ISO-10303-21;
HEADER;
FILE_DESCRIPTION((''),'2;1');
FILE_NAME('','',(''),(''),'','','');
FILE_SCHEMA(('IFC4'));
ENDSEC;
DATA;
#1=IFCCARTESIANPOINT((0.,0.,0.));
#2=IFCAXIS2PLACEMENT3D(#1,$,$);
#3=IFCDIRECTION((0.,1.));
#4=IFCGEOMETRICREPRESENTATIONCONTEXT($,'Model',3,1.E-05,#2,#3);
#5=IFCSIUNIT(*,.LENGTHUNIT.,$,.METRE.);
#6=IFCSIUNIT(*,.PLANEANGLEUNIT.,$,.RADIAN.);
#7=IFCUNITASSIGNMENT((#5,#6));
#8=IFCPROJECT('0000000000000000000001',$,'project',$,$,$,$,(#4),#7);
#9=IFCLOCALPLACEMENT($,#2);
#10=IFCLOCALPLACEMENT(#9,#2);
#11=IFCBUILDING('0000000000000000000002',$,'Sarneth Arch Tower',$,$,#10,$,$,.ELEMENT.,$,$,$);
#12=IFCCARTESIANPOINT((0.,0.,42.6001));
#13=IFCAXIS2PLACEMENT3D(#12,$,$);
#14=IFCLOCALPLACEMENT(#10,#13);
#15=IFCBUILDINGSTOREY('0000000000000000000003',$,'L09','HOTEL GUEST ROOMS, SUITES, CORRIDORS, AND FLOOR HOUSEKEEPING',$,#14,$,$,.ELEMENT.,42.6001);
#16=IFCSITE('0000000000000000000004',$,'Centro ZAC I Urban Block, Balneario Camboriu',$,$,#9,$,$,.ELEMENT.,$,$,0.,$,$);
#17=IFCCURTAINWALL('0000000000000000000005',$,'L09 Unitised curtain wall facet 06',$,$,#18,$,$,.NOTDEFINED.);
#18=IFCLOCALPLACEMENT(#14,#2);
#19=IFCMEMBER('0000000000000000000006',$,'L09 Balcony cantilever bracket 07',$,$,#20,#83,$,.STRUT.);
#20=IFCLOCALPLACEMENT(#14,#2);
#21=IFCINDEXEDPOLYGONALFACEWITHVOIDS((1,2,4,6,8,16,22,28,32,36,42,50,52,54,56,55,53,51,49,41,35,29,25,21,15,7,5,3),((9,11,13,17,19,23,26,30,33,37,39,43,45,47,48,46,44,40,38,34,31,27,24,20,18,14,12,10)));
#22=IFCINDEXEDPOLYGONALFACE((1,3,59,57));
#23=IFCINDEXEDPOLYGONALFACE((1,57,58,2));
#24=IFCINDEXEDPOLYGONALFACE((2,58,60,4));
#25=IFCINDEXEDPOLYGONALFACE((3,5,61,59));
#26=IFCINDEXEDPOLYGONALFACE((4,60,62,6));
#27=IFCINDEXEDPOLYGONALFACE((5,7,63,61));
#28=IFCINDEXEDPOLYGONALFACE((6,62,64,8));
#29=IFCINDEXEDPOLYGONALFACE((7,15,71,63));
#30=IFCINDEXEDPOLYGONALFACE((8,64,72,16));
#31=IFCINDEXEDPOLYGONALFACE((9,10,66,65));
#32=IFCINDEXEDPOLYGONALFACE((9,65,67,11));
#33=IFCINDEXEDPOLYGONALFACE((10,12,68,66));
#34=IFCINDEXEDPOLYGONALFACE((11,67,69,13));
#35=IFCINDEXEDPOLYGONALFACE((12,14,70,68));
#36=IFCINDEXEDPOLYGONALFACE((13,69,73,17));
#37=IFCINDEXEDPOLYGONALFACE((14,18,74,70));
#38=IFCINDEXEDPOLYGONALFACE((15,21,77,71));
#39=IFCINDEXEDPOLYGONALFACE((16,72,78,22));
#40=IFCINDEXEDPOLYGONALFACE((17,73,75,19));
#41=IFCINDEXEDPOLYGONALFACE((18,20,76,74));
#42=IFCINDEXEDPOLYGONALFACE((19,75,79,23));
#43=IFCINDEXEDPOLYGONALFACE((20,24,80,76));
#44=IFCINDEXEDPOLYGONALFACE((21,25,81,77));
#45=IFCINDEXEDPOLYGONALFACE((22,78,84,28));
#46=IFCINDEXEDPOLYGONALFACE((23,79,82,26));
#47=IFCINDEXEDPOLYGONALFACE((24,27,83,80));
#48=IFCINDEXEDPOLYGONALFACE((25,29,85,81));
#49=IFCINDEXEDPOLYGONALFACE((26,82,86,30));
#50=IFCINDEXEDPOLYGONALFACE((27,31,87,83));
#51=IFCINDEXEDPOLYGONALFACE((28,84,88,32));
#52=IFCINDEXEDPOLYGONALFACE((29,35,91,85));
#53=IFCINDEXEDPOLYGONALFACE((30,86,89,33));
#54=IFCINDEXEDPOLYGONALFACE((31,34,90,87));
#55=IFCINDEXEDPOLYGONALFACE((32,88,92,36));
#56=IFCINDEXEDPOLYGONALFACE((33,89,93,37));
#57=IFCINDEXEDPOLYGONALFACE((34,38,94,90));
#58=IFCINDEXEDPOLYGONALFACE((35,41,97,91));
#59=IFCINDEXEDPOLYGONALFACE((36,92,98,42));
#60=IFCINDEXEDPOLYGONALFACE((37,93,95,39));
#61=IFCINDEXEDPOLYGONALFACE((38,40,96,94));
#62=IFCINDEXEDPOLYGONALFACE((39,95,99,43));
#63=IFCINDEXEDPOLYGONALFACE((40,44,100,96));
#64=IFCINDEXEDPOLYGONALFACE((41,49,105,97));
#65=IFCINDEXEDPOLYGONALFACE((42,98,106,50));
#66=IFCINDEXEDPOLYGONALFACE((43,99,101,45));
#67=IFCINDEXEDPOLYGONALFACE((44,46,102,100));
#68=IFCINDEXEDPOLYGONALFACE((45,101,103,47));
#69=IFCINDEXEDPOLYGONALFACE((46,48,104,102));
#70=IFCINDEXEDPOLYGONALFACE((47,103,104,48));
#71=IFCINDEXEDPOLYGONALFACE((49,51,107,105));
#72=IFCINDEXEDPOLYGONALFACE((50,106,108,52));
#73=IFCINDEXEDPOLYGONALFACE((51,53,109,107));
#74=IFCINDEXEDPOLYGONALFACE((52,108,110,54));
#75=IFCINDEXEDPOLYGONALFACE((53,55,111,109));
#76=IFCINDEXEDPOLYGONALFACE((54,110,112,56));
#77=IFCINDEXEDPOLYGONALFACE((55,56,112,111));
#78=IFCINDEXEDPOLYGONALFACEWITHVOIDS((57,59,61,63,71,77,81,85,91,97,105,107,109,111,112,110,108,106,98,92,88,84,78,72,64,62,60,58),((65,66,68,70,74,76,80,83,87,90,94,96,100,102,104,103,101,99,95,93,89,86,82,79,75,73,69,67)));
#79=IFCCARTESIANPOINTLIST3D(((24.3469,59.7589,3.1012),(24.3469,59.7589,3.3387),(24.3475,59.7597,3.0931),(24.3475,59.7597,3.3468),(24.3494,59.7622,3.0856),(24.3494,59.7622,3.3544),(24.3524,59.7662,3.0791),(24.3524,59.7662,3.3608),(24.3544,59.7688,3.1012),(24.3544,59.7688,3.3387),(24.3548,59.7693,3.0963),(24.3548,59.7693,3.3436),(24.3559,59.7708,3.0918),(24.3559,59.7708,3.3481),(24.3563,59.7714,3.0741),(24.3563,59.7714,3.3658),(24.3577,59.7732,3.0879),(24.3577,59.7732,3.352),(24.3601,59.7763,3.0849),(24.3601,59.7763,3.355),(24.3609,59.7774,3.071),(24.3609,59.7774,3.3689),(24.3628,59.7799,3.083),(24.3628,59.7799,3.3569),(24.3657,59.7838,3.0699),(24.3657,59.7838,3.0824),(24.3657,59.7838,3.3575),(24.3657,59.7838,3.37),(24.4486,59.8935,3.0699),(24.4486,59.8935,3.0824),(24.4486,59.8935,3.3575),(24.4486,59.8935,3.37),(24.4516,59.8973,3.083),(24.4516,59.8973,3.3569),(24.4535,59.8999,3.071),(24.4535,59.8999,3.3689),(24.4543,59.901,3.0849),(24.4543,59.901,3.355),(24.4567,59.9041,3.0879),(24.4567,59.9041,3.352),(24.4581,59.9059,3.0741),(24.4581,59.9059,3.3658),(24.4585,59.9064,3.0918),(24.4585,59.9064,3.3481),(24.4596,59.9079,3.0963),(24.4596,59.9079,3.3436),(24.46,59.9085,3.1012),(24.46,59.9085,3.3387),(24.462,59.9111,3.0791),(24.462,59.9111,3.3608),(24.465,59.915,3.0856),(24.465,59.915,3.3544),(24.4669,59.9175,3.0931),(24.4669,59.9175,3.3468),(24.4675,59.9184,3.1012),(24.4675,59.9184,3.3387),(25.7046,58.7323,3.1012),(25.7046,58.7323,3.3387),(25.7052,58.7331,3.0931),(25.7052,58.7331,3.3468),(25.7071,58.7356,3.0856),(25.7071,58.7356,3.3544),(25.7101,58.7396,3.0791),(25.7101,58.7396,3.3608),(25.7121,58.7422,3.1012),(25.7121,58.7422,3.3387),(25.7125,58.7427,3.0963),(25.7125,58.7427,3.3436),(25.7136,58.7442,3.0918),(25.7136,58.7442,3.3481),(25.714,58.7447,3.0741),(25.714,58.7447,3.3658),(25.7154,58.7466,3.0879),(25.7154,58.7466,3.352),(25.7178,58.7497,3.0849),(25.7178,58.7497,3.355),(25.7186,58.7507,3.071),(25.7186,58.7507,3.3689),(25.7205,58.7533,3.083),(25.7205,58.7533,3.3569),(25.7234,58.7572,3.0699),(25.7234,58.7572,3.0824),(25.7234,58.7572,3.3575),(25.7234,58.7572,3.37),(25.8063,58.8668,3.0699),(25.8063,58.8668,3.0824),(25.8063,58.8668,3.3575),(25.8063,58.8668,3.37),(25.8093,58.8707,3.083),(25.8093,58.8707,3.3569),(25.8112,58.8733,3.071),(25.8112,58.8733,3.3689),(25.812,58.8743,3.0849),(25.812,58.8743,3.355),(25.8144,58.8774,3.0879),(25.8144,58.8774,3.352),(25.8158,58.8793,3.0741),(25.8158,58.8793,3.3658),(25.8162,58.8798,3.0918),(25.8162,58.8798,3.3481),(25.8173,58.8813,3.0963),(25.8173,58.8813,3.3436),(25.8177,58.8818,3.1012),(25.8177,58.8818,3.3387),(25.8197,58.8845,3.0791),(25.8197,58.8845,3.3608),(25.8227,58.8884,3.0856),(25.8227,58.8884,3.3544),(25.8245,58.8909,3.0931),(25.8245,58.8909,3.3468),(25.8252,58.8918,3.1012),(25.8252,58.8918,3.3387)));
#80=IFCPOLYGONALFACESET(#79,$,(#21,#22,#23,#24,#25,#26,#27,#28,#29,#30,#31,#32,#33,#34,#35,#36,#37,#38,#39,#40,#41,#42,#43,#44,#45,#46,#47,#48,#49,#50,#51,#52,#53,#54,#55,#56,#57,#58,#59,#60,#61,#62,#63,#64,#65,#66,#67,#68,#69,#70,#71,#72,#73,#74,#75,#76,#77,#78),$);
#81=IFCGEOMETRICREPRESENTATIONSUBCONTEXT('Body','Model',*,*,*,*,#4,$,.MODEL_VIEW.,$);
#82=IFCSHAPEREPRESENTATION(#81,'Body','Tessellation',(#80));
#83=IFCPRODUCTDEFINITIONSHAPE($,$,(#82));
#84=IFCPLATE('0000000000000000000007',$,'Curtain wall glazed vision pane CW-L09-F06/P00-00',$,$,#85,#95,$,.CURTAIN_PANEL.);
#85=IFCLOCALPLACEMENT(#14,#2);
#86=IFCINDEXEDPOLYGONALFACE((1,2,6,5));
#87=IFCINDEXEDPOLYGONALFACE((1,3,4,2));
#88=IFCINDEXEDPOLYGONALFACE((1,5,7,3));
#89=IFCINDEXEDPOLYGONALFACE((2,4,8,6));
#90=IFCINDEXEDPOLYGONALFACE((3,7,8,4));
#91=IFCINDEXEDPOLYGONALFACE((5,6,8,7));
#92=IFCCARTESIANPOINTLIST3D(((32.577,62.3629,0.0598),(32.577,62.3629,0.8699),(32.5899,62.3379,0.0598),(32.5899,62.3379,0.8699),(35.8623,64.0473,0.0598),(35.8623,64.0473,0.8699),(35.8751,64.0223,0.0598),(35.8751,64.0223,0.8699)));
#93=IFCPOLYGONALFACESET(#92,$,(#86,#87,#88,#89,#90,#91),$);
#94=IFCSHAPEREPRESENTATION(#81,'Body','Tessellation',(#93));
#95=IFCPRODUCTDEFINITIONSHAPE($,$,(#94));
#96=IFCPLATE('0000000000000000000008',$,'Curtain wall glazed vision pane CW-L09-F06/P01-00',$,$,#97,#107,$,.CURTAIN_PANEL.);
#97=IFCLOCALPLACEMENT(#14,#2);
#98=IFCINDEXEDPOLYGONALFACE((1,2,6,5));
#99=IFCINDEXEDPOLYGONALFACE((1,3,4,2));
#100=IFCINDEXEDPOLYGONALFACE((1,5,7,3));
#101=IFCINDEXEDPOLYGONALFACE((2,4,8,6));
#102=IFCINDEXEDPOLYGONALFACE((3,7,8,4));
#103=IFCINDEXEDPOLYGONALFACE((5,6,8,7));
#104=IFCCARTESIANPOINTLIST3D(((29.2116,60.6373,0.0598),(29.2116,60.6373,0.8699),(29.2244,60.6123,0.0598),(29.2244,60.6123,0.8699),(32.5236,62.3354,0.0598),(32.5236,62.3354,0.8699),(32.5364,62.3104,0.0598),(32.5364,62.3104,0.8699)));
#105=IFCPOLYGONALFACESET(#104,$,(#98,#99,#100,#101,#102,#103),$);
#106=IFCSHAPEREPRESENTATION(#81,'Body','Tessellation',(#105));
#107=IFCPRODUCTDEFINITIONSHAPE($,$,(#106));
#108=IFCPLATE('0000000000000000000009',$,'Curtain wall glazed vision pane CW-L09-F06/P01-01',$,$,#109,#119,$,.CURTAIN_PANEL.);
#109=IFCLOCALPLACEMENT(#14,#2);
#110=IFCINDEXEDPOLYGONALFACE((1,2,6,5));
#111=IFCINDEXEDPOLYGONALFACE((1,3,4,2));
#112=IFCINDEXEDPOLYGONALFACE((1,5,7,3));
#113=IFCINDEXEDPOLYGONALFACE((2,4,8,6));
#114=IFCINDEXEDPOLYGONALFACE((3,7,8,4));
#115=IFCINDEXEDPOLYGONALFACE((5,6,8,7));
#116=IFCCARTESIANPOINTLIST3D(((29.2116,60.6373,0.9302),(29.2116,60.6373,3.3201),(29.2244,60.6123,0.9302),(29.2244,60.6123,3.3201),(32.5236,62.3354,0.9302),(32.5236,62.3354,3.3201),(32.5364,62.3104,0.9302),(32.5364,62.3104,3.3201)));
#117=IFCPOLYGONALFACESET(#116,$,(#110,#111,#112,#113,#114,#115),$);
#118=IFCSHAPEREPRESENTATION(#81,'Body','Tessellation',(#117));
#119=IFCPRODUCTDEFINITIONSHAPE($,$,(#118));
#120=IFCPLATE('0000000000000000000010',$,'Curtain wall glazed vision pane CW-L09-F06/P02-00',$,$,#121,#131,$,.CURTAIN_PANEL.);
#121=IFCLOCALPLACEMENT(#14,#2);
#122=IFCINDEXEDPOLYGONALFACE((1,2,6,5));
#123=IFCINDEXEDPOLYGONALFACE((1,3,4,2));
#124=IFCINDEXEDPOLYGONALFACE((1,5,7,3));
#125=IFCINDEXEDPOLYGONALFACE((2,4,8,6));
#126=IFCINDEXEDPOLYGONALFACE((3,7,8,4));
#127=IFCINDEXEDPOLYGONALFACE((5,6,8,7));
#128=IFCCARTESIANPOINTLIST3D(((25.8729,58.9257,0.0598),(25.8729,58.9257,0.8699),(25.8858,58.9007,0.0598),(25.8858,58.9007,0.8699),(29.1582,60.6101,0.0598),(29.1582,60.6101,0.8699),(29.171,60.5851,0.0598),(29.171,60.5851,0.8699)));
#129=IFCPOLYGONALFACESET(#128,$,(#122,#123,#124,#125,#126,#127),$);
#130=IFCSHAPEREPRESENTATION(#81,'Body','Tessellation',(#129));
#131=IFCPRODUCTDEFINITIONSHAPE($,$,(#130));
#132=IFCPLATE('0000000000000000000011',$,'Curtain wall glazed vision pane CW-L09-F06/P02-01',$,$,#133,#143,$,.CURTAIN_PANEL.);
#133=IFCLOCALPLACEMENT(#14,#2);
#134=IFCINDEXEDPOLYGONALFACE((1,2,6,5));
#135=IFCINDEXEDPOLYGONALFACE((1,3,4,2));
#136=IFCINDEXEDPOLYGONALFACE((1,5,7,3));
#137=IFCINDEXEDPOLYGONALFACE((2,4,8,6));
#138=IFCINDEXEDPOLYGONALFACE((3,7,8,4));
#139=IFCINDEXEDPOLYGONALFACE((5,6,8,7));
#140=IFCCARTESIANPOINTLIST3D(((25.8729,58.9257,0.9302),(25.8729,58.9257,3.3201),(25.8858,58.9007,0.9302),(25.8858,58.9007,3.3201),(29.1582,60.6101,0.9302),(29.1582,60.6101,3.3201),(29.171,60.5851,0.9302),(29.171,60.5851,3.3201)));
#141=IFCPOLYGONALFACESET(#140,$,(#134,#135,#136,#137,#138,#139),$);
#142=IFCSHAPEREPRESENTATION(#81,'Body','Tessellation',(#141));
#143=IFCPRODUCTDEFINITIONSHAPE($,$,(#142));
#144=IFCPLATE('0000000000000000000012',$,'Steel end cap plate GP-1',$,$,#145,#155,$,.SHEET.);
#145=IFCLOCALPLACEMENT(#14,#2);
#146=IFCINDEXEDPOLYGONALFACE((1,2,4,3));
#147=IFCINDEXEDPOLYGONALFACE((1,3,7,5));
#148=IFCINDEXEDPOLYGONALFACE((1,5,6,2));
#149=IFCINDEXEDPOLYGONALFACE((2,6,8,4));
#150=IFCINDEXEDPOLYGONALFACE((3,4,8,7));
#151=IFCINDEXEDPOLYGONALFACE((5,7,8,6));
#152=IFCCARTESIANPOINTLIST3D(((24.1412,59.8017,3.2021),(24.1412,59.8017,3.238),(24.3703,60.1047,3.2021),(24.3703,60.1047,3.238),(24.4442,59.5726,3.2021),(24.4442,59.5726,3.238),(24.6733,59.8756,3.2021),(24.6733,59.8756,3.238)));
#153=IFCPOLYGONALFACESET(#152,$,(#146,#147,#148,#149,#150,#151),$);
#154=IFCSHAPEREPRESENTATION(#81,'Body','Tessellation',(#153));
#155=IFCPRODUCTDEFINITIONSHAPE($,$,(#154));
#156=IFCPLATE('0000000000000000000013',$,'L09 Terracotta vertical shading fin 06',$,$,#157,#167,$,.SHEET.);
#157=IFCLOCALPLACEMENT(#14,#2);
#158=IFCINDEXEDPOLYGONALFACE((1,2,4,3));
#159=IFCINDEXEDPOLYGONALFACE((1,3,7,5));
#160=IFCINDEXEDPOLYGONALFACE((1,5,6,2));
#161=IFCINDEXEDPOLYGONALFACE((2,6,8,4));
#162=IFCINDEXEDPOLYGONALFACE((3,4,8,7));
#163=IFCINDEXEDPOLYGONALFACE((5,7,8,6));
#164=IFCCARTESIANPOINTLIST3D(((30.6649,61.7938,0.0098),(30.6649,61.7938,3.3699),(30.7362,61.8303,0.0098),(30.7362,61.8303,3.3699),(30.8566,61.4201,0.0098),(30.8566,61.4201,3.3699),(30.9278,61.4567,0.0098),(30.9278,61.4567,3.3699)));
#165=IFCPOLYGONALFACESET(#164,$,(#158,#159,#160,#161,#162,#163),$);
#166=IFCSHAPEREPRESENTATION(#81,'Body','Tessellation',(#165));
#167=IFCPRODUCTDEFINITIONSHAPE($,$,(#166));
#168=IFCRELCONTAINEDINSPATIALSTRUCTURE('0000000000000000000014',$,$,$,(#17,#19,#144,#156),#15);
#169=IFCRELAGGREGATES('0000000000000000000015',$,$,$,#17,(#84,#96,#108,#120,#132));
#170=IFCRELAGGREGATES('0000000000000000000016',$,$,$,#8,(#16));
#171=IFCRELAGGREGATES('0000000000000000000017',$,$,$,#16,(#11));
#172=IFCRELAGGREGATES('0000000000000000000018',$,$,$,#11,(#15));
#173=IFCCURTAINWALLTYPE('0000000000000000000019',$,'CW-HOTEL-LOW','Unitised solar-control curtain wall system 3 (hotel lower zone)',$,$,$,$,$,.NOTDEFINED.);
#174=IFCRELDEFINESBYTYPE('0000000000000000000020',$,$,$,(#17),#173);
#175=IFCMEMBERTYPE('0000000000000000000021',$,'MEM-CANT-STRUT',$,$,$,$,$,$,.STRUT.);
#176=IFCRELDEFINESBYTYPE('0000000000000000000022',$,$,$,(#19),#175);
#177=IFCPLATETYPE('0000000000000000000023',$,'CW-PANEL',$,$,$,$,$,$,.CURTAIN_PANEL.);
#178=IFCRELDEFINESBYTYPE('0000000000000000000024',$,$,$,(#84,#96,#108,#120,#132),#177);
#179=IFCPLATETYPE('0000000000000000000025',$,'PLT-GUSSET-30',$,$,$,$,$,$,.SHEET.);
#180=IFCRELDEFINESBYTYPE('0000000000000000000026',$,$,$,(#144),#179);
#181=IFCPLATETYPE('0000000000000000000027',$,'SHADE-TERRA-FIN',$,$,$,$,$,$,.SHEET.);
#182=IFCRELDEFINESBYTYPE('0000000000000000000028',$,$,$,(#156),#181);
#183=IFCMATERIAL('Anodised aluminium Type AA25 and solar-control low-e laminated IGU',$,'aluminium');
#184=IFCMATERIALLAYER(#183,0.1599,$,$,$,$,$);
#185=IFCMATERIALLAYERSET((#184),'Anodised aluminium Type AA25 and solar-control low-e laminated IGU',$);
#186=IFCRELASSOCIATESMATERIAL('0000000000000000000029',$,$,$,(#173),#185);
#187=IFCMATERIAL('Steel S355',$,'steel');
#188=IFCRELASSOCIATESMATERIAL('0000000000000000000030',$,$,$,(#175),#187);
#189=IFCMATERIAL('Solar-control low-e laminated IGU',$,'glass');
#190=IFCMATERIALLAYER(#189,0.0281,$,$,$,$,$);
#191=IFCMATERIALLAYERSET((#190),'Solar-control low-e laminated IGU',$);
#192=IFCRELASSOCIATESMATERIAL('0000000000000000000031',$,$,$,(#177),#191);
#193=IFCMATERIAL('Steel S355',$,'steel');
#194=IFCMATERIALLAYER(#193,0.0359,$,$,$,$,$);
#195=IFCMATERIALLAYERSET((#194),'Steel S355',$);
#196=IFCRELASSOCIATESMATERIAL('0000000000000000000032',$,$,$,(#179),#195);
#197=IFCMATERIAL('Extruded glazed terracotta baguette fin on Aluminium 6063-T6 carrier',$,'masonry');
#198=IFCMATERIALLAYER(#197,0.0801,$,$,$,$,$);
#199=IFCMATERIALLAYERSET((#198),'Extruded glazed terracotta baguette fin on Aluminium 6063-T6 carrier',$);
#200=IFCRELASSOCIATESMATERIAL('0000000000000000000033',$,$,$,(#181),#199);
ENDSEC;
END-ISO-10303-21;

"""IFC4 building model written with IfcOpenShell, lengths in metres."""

from ifc_helpers import new_model, si_unit, direction, frame, origin, origin_2d, place, context, subcontext, project, spatial, rectangle, hollow_rectangle, extrude, material, layer, layer_set, material_profile, profile_set, type_object, element, aggregate, save


model = new_model("IFC4")

# Units and contexts
model_context = context("Model", 3, precision=1e-05, world=origin(), true_north=direction((0.0, 1.0)))
body_context = subcontext(model_context, "Body", "Model", "MODEL_VIEW")
ifc_project = project(units=[si_unit("LENGTHUNIT", "METRE"), si_unit("PLANEANGLEUNIT", "RADIAN")], contexts=[model_context])

# Site, building, storey
site_placement = place(None, origin())
site = spatial("IfcSite", under=ifc_project, at=site_placement, Name="Centro ZAC I Urban Block, Balneario Camboriu", CompositionType="ELEMENT", RefElevation=0.0)
building_placement = place(site_placement, origin())
building = spatial("IfcBuilding", under=site, at=building_placement, Name="Sarneth Arch Tower", CompositionType="ELEMENT")
storey_placement = place(building_placement, frame((0.0, 0.0, 42.6001)))
storey = spatial("IfcBuildingStorey", under=building, at=storey_placement, Name="L09", Description="HOTEL GUEST ROOMS, SUITES, CORRIDORS, AND FLOOR HOUSEKEEPING", CompositionType="ELEMENT", Elevation=42.6001)

# Curtain wall
ifc_material_1 = material(Name="Anodised aluminium Type AA25 and solar-control low-e laminated IGU", Category="aluminium")
ifc_layer_1 = layer(ifc_material_1, 0.1599)
ifc_layer_set_1 = layer_set([ifc_layer_1], Name="Anodised aluminium Type AA25 and solar-control low-e laminated IGU")
curtain_wall_type = type_object("IfcCurtainWallType", Name="CW-HOTEL-LOW", Description="Unitised solar-control curtain wall system 3 (hotel lower zone)", PredefinedType="NOTDEFINED", material=ifc_layer_set_1)
curtain_wall_placement = place(storey_placement, origin())
curtain_wall = element("IfcCurtainWall", 1, at=curtain_wall_placement, inside=storey, type_object=curtain_wall_type, Name="L09 Unitised curtain wall facet 06", PredefinedType="NOTDEFINED")

# Member
ifc_material_2 = material(Name="Steel S355", Category="steel")
ifc_material_profile_1 = material_profile(ifc_material_2, hollow_rectangle(XDim=0.2, YDim=0.3, WallThickness=0.0125, InnerFilletRadius=0.0188, OuterFilletRadius=0.0312, at=origin_2d()), Name="RHS300x200x12.5")
ifc_profile_set_1 = profile_set([ifc_material_profile_1], Name="Steel S355")
member_type_1 = type_object("IfcMemberType", Name="MEM-CANT-STRUT", PredefinedType="STRUT", material=ifc_profile_set_1)
member_1_placement = place(storey_placement, frame((25.7649, 58.812, 3.22), z_axis=(-0.797636, 0.603139, 0.0), x_axis=(-0.603139, -0.797636, 0.0)))
element("IfcMember", 2, at=member_1_placement, inside=storey, type_object=member_type_1, Name="L09 Balcony cantilever bracket 07", PredefinedType="STRUT", context=body_context, shape_type="SweptSolid", body=[
    extrude(hollow_rectangle(XDim=0.2, YDim=0.3, WallThickness=0.0125, InnerFilletRadius=0.0188, OuterFilletRadius=0.0312, at=origin_2d()), origin(), (0.0, 0.0, 1.0), 1.7021),
])

# Plates
ifc_material_3 = material(Name="Solar-control low-e laminated IGU", Category="glass")
ifc_layer_2 = layer(ifc_material_3, 0.0281)
ifc_layer_set_2 = layer_set([ifc_layer_2], Name="Solar-control low-e laminated IGU")
plate_type_1 = type_object("IfcPlateType", Name="CW-PANEL", PredefinedType="CURTAIN_PANEL", material=ifc_layer_set_2)
plate_1_placement = place(storey_placement, frame((34.2261, 63.1926, 0.0598), z_axis=(0.0, 0.0, 1.0), x_axis=(-0.889854, -0.456245, 0.0)))
plate_1 = element("IfcPlate", 3, at=plate_1_placement, type_object=plate_type_1, Name="Curtain wall glazed vision pane CW-L09-F06/P00-00", PredefinedType="CURTAIN_PANEL", context=body_context, shape_type="SweptSolid", body=[
    extrude(rectangle(XDim=3.6919, YDim=0.0281, at=origin_2d()), origin(), (0.0, 0.0, 1.0), 0.8101),
])
plate_2_placement = place(storey_placement, frame((30.874, 61.4739, 0.0598), z_axis=(0.0, 0.0, 1.0), x_axis=(-0.889854, -0.456245, 0.0)))
plate_2 = element("IfcPlate", 4, at=plate_2_placement, type_object=plate_type_1, Name="Curtain wall glazed vision pane CW-L09-F06/P01-00", PredefinedType="CURTAIN_PANEL", context=body_context, shape_type="SweptSolid", body=[
    extrude(rectangle(XDim=3.7219, YDim=0.0281, at=origin_2d()), origin(), (0.0, 0.0, 1.0), 0.8101),
])
plate_3_placement = place(storey_placement, frame((30.874, 61.4739, 0.9302), z_axis=(0.0, 0.0, 1.0), x_axis=(-0.889854, -0.456245, 0.0)))
plate_3 = element("IfcPlate", 5, at=plate_3_placement, type_object=plate_type_1, Name="Curtain wall glazed vision pane CW-L09-F06/P01-01", PredefinedType="CURTAIN_PANEL", context=body_context, shape_type="SweptSolid", body=[
    extrude(rectangle(XDim=3.7219, YDim=0.0281, at=origin_2d()), origin(), (0.0, 0.0, 1.0), 2.3899),
])
plate_4_placement = place(storey_placement, frame((27.522, 59.7554, 0.0598), z_axis=(0.0, 0.0, 1.0), x_axis=(-0.889854, -0.456245, 0.0)))
plate_4 = element("IfcPlate", 6, at=plate_4_placement, type_object=plate_type_1, Name="Curtain wall glazed vision pane CW-L09-F06/P02-00", PredefinedType="CURTAIN_PANEL", context=body_context, shape_type="SweptSolid", body=[
    extrude(rectangle(XDim=3.6919, YDim=0.0281, at=origin_2d()), origin(), (0.0, 0.0, 1.0), 0.8101),
])
plate_5_placement = place(storey_placement, frame((27.522, 59.7554, 0.9302), z_axis=(0.0, 0.0, 1.0), x_axis=(-0.889854, -0.456245, 0.0)))
plate_5 = element("IfcPlate", 7, at=plate_5_placement, type_object=plate_type_1, Name="Curtain wall glazed vision pane CW-L09-F06/P02-01", PredefinedType="CURTAIN_PANEL", context=body_context, shape_type="SweptSolid", body=[
    extrude(rectangle(XDim=3.6919, YDim=0.0281, at=origin_2d()), origin(), (0.0, 0.0, 1.0), 2.3899),
])
aggregate(curtain_wall, [plate_1, plate_2, plate_3, plate_4, plate_5])

# Plates
ifc_material_4 = material(Name="Steel S355", Category="steel")
ifc_layer_3 = layer(ifc_material_4, 0.0359)
ifc_layer_set_3 = layer_set([ifc_layer_3], Name="Steel S355")
plate_type_2 = type_object("IfcPlateType", Name="PLT-GUSSET-30", PredefinedType="SHEET", material=ifc_layer_set_3)
plate_6_placement = place(storey_placement, frame((24.4072, 59.8386, 3.2021), z_axis=(0.0, 0.0, 1.0), x_axis=(-0.797689, 0.603069, 0.0)))
element("IfcPlate", 8, at=plate_6_placement, inside=storey, type_object=plate_type_2, Name="Steel end cap plate GP-1", PredefinedType="SHEET", context=body_context, shape_type="SweptSolid", body=[
    extrude(rectangle(XDim=0.3799, YDim=0.3799, at=origin_2d()), origin(), (0.0, 0.0, 1.0), 0.0359),
])
ifc_material_5 = material(Name="Extruded glazed terracotta baguette fin on Aluminium 6063-T6 carrier", Category="masonry")
ifc_layer_4 = layer(ifc_material_5, 0.0801)
ifc_layer_set_4 = layer_set([ifc_layer_4], Name="Extruded glazed terracotta baguette fin on Aluminium 6063-T6 carrier")
plate_type_3 = type_object("IfcPlateType", Name="SHADE-TERRA-FIN", PredefinedType="SHEET", material=ifc_layer_set_4)
plate_7_placement = place(storey_placement, frame((30.7964, 61.6252, 0.0098), z_axis=(0.0, 0.0, 1.0), x_axis=(-0.456322, 0.889815, 0.0)))
element("IfcPlate", 9, at=plate_7_placement, inside=storey, type_object=plate_type_3, Name="L09 Terracotta vertical shading fin 06", PredefinedType="SHEET", context=body_context, shape_type="SweptSolid", body=[
    extrude(rectangle(XDim=0.4199, YDim=0.0801, at=origin_2d()), origin(), (0.0, 0.0, 1.0), 3.3601),
])

save(model, "model.ifc")
